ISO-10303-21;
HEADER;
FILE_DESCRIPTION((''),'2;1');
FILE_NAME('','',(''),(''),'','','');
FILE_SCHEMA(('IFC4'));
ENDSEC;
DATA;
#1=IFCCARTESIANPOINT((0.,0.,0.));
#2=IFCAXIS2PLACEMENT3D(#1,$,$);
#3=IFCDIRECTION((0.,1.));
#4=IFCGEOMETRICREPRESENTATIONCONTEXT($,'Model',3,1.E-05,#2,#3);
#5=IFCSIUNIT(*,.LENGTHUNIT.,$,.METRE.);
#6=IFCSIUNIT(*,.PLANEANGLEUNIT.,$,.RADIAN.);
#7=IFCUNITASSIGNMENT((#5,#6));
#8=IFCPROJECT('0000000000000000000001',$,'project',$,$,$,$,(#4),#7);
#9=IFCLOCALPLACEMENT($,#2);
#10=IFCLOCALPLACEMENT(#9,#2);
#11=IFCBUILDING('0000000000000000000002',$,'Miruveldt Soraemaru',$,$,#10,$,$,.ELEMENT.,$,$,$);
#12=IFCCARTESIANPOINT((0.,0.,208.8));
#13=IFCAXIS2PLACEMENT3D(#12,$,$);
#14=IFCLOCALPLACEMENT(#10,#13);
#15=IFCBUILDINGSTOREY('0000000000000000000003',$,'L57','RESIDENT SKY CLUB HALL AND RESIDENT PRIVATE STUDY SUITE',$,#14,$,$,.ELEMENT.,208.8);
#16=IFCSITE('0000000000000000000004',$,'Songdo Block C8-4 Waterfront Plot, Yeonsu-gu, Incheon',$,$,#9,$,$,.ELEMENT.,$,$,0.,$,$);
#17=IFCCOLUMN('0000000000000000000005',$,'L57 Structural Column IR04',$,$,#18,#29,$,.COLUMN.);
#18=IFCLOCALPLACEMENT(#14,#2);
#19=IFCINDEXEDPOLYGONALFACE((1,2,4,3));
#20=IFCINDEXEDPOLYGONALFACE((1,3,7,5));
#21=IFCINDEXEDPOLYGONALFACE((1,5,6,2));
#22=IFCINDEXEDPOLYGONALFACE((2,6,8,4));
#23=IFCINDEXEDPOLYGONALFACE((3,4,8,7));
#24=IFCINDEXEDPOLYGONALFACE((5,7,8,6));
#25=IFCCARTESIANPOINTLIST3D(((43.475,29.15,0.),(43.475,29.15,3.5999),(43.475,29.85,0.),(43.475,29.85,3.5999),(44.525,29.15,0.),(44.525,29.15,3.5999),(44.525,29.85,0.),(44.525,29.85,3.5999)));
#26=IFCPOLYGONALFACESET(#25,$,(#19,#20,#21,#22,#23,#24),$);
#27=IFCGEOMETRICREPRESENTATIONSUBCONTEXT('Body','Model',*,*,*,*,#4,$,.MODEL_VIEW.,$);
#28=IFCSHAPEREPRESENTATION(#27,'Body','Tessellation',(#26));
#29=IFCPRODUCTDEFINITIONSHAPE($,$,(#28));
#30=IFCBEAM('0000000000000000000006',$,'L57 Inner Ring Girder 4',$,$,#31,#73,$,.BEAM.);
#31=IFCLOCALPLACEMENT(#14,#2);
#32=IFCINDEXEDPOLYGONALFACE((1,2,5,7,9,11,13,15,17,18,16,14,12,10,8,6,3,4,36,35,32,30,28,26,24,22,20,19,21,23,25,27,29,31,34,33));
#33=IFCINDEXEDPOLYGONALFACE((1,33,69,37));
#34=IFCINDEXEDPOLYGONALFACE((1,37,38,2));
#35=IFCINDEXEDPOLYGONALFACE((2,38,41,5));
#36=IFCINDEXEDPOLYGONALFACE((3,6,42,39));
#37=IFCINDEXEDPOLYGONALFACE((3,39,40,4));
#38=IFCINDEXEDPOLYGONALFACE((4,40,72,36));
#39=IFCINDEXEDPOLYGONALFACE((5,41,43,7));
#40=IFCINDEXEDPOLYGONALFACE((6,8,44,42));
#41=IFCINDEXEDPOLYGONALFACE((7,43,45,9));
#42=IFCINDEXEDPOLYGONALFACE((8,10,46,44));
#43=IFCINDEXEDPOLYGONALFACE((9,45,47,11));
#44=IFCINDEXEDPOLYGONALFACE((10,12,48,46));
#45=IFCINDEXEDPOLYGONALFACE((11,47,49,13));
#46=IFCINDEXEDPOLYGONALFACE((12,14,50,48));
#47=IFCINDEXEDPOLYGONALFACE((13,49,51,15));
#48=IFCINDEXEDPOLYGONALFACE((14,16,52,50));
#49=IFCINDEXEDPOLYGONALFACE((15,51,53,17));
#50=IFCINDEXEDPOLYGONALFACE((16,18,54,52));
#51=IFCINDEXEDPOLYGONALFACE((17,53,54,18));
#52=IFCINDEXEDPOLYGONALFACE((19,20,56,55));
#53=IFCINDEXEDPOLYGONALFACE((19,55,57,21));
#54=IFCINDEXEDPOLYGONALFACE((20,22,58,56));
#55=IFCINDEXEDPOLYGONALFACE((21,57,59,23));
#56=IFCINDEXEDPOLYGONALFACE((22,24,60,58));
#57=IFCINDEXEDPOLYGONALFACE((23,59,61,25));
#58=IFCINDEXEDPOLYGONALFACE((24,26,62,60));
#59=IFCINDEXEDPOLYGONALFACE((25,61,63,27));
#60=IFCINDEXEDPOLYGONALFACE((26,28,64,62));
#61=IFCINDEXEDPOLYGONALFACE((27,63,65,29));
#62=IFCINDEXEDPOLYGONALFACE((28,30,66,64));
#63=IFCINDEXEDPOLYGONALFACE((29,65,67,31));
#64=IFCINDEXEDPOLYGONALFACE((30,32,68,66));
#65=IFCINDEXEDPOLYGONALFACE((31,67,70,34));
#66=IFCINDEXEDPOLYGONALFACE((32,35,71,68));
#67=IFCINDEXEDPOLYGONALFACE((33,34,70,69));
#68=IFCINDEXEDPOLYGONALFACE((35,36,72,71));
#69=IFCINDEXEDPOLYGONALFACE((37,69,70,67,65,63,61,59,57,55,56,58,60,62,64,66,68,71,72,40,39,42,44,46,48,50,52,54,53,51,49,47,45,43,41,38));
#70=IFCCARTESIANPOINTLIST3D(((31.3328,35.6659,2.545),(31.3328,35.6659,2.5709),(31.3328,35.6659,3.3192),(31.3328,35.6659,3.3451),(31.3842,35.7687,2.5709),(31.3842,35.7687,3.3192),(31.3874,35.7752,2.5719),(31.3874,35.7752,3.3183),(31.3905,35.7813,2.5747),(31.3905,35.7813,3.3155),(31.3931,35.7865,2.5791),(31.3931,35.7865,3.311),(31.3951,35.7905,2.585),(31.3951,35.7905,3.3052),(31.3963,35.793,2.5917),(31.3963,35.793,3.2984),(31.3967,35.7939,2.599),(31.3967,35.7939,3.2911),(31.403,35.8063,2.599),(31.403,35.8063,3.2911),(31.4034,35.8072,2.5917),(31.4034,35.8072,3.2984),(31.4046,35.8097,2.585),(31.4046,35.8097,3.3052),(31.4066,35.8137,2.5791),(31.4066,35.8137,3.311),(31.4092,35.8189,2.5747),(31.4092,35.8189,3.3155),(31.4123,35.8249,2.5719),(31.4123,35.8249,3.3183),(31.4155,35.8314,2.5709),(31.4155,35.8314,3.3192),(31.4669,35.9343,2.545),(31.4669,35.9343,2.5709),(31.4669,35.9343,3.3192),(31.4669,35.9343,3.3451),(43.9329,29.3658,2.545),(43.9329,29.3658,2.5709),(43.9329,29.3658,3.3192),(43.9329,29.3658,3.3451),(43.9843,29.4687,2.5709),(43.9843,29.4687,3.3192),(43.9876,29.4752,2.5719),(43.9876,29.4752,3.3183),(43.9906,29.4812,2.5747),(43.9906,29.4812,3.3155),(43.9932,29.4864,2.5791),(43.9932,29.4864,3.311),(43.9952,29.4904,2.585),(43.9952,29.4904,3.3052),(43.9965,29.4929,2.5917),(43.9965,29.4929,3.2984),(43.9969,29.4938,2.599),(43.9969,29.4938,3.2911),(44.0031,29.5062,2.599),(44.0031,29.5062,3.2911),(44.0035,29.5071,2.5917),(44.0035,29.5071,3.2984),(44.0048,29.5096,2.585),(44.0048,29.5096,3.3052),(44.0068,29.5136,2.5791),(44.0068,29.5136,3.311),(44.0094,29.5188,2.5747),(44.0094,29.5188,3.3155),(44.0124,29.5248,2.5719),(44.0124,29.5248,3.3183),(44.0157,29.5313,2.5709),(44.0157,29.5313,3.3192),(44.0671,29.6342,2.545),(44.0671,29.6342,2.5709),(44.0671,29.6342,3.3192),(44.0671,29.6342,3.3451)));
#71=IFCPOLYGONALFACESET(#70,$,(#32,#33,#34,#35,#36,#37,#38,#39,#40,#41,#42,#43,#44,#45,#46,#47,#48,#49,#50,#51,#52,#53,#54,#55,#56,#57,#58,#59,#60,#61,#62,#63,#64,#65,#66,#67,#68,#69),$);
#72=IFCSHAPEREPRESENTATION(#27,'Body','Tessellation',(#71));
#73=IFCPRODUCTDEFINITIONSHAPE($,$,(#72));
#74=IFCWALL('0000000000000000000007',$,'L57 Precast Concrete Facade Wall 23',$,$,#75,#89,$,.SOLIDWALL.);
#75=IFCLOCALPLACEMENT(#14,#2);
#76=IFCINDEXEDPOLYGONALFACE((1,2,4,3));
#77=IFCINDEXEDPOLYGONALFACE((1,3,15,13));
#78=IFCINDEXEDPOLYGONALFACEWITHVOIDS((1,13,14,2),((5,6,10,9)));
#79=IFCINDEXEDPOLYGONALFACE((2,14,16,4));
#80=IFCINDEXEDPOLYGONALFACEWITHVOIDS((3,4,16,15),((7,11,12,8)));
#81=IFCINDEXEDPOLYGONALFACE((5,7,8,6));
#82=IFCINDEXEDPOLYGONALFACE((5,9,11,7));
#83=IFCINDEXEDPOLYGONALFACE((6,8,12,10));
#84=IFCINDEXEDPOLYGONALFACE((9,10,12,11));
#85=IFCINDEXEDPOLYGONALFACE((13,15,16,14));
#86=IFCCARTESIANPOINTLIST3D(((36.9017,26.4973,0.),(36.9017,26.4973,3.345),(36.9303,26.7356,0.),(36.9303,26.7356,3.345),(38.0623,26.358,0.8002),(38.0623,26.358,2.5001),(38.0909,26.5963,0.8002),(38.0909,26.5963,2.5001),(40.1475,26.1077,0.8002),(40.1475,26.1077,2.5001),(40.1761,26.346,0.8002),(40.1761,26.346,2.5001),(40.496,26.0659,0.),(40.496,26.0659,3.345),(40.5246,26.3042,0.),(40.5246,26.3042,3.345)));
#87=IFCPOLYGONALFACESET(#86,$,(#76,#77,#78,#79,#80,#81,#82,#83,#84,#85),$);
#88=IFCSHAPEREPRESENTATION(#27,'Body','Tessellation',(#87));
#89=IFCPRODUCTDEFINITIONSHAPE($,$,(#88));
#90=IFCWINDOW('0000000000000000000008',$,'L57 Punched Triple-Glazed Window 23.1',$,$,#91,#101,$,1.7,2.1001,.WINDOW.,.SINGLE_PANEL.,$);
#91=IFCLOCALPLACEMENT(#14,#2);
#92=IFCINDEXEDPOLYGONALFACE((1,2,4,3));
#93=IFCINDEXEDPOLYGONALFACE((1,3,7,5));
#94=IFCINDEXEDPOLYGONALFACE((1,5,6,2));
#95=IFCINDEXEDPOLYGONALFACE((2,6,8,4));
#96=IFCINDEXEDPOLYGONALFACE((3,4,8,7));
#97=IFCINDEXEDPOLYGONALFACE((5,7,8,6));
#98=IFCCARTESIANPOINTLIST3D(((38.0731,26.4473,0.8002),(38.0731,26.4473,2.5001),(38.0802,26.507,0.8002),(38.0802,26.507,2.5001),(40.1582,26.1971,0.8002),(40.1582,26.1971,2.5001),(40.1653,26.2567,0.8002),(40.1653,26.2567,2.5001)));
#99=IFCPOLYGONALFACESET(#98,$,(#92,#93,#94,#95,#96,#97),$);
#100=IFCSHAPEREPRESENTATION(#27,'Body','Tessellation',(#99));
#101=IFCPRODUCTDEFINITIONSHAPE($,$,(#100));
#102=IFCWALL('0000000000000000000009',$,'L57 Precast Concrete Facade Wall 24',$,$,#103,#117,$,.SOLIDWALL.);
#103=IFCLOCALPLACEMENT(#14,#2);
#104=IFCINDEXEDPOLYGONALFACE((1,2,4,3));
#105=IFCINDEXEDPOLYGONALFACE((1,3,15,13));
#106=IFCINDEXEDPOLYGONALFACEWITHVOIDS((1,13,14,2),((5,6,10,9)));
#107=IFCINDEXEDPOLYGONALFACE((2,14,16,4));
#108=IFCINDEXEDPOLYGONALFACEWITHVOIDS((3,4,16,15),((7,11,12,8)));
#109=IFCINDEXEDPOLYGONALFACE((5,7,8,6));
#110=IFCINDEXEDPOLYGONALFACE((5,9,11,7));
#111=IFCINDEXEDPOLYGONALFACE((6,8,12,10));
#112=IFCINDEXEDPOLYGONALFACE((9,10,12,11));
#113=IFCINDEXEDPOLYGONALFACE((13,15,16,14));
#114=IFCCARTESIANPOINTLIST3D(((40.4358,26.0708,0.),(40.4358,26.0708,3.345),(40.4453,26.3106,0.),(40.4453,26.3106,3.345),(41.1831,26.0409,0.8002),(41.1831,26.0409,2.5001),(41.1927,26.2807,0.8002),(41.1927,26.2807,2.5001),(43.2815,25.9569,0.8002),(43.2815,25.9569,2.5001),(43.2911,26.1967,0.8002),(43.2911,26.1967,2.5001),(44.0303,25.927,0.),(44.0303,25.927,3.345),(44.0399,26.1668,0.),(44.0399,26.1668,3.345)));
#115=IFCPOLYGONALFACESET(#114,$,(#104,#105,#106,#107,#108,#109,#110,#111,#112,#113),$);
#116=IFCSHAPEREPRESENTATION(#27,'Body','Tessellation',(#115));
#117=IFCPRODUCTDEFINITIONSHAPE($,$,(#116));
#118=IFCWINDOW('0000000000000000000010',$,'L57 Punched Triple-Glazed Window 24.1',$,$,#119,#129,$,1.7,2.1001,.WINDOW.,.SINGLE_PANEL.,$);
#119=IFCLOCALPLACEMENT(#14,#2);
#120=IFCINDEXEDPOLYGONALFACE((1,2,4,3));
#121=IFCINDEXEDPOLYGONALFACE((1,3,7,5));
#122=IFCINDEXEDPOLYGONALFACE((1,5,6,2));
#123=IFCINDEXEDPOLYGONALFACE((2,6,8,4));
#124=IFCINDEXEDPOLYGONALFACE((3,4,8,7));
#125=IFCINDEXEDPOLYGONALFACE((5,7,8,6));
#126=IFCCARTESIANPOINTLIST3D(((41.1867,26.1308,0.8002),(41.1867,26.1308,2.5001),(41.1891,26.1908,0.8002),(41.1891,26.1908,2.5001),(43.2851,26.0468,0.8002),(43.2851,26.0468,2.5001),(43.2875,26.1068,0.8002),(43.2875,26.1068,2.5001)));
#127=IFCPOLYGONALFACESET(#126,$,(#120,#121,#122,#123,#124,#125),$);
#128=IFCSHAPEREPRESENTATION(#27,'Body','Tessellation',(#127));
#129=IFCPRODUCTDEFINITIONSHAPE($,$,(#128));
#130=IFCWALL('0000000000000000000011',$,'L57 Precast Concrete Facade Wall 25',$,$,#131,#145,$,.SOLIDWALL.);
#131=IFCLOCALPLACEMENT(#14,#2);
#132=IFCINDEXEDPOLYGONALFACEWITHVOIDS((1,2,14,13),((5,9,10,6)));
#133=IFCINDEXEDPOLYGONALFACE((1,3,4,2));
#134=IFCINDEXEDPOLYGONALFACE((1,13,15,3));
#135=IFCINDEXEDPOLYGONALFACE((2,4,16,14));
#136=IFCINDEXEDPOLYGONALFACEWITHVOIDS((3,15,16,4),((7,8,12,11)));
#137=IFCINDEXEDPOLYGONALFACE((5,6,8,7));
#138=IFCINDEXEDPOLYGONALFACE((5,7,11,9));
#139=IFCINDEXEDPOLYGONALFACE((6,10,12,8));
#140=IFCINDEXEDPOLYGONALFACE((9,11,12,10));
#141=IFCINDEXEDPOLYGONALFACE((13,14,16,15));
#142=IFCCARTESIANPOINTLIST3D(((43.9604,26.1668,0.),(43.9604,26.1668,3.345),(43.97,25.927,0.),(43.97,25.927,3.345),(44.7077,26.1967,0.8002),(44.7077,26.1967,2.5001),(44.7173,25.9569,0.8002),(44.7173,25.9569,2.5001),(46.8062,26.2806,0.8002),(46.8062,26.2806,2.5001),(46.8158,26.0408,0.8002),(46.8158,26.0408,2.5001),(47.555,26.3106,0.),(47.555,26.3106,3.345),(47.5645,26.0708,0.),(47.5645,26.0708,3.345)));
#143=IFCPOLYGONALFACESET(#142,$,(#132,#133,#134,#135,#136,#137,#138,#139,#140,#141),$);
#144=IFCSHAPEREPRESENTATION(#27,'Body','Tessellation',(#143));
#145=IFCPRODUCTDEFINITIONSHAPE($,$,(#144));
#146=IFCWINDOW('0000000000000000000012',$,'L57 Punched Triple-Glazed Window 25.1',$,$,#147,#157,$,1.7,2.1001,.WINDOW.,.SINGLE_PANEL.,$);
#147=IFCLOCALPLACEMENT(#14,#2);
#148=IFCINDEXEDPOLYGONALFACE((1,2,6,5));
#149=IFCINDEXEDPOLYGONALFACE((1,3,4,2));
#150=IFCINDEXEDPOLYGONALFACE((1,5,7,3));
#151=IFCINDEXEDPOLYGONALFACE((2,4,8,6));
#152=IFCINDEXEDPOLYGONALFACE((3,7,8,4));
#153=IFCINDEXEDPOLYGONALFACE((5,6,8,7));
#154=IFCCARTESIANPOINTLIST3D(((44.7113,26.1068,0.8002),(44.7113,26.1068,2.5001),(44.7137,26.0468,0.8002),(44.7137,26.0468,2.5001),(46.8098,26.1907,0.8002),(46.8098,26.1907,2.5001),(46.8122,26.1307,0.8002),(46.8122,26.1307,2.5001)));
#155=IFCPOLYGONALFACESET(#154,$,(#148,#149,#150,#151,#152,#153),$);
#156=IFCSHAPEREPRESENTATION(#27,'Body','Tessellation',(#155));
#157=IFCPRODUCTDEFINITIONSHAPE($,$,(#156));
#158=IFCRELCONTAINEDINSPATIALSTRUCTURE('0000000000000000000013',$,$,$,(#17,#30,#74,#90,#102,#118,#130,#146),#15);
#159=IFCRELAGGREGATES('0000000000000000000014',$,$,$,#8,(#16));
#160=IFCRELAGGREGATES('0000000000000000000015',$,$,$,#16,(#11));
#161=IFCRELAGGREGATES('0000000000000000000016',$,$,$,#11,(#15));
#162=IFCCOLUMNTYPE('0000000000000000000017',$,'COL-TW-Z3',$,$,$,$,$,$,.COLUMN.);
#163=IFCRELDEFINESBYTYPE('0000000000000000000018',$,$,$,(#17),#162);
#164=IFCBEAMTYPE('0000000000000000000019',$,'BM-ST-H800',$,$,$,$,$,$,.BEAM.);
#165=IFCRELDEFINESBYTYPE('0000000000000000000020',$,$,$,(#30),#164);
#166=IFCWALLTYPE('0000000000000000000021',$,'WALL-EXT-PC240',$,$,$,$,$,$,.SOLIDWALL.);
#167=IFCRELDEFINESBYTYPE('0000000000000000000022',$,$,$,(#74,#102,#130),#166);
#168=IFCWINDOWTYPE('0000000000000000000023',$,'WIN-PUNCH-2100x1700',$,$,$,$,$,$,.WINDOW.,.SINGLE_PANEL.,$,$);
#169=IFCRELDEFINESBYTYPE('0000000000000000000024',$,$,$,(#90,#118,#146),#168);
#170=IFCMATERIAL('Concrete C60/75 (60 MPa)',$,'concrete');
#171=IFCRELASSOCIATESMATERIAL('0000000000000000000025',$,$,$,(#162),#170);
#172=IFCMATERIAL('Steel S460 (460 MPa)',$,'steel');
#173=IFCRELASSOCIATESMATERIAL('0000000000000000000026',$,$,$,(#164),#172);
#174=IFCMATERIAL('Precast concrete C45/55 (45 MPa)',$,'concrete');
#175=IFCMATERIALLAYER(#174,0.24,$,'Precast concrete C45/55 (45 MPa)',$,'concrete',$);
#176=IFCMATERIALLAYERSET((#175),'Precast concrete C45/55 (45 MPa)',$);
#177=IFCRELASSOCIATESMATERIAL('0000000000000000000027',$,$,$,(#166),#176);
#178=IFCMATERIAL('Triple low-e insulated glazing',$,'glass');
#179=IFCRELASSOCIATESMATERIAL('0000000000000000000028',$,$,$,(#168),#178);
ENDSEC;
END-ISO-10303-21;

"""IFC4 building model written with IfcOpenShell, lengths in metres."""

from ifc_helpers import new_model, si_unit, direction, frame, frame_2d, origin, origin_2d, place, context, subcontext, project, spatial, rectangle, i_section, extrude, material, layer, layer_set, material_profile, profile_set, type_object, element, fill, save


model = new_model("IFC4")

# Units and contexts
model_context = context("Model", 3, precision=1e-05, world=origin(), true_north=direction((0.0, 1.0)))
body_context = subcontext(model_context, "Body", "Model", "MODEL_VIEW")
ifc_project = project(units=[si_unit("LENGTHUNIT", "METRE"), si_unit("PLANEANGLEUNIT", "RADIAN")], contexts=[model_context])

# Site, building, storey
site_placement = place(None, origin())
site = spatial("IfcSite", under=ifc_project, at=site_placement, Name="Songdo Block C8-4 Waterfront Plot, Yeonsu-gu, Incheon", CompositionType="ELEMENT", RefElevation=0.0)
building_placement = place(site_placement, origin())
building = spatial("IfcBuilding", under=site, at=building_placement, Name="Miruveldt Soraemaru", CompositionType="ELEMENT")
storey_placement = place(building_placement, frame((0.0, 0.0, 208.8)))
storey = spatial("IfcBuildingStorey", under=building, at=storey_placement, Name="L57", Description="RESIDENT SKY CLUB HALL AND RESIDENT PRIVATE STUDY SUITE", CompositionType="ELEMENT", Elevation=208.8)

# Column
ifc_material_1 = material(Name="Concrete C60/75 (60 MPa)", Category="concrete")
ifc_material_profile_1 = material_profile(ifc_material_1, rectangle(XDim=1.05, YDim=0.7, at=origin_2d()), Name="Concrete C60/75 (60 MPa)", Category="concrete")
ifc_profile_set_1 = profile_set([ifc_material_profile_1], Name="Concrete C60/75 (60 MPa)")
column_type = type_object("IfcColumnType", Name="COL-TW-Z3", PredefinedType="COLUMN", material=ifc_profile_set_1)
column_placement = place(storey_placement, frame((44.0, 29.5, 0.0), z_axis=(0.0, 0.0, 1.0), x_axis=(1.0, 0.0, 0.0)))
element("IfcColumn", 1, at=column_placement, inside=storey, type_object=column_type, Name="L57 Structural Column IR04", PredefinedType="COLUMN", context=body_context, shape_type="SweptSolid", body=[
    extrude(rectangle(XDim=1.05, YDim=0.7, at=origin_2d()), origin(), (0.0, 0.0, 1.0), 3.5999),
])

# Beam
ifc_material_2 = material(Name="Steel S460 (460 MPa)", Category="steel")
ifc_material_profile_2 = material_profile(ifc_material_2, i_section(OverallWidth=0.3, OverallDepth=0.8, WebThickness=0.0139, FlangeThickness=0.0259, FilletRadius=0.0281, at=origin_2d()), Name="Steel S460 (460 MPa)", Category="steel")
ifc_profile_set_2 = profile_set([ifc_material_profile_2], Name="Steel S460 (460 MPa)")
beam_type = type_object("IfcBeamType", Name="BM-ST-H800", PredefinedType="BEAM", material=ifc_profile_set_2)
beam_placement = place(storey_placement, frame((44.0, 29.5, 2.9451), z_axis=(-0.894427, 0.447214, 0.0), x_axis=(-0.447214, -0.894427, 0.0)))
element("IfcBeam", 2, at=beam_placement, inside=storey, type_object=beam_type, Name="L57 Inner Ring Girder 4", PredefinedType="BEAM", context=body_context, shape_type="SweptSolid", body=[
    extrude(i_section(OverallWidth=0.3, OverallDepth=0.8, WebThickness=0.0139, FlangeThickness=0.0259, FilletRadius=0.0281, at=origin_2d()), origin(), (0.0, 0.0, 1.0), 14.0874),
])

# Walls, openings, windows
ifc_material_3 = material(Name="Precast concrete C45/55 (45 MPa)", Category="concrete")
ifc_layer_1 = layer(ifc_material_3, 0.24, Name="Precast concrete C45/55 (45 MPa)", Category="concrete")
ifc_layer_set_1 = layer_set([ifc_layer_1], Name="Precast concrete C45/55 (45 MPa)")
wall_type_1 = type_object("IfcWallType", Name="WALL-EXT-PC240", PredefinedType="SOLIDWALL", material=ifc_layer_set_1)
wall_1_placement = place(storey_placement, frame((36.916, 26.6165, 0.0), z_axis=(0.0, 0.0, 1.0), x_axis=(0.992874, -0.119169, 0.0)))
wall_1 = element("IfcWall", 3, at=wall_1_placement, inside=storey, type_object=wall_type_1, Name="L57 Precast Concrete Facade Wall 23", PredefinedType="SOLIDWALL", context=body_context, shape_type="SweptSolid", body=[
    extrude(rectangle(XDim=3.6201, YDim=0.24, at=frame_2d((1.8101, 0.0))), origin(), (0.0, 0.0, 1.0), 3.345),
])
opening_1_placement = place(wall_1_placement, frame((1.1689, 0.0, 0.8)))
opening_1 = element("IfcOpeningElement", 4, at=opening_1_placement, cuts=wall_1, PredefinedType="OPENING", context=body_context, shape_type="SweptSolid", body=[
    extrude(rectangle(XDim=2.1001, YDim=1.7, at=frame_2d((1.05, 0.8501))), frame((0.0, 0.1299, 0.0), z_axis=(0.0, -1.0, 0.0), x_axis=(1.0, 0.0, 0.0)), (0.0, 0.0, 1.0), 0.26),
])
ifc_material_4 = material(Name="Triple low-e insulated glazing", Category="glass")
window_type = type_object("IfcWindowType", Name="WIN-PUNCH-2100x1700", PartitioningType="SINGLE_PANEL", PredefinedType="WINDOW", material=ifc_material_4)
window_1_placement = place(opening_1_placement, origin())
window_1 = element("IfcWindow", 5, at=window_1_placement, inside=storey, type_object=window_type, Name="L57 Punched Triple-Glazed Window 23.1", OverallHeight=1.7, OverallWidth=2.1001, PartitioningType="SINGLE_PANEL", PredefinedType="WINDOW", context=body_context, shape_type="SweptSolid", body=[
    extrude(rectangle(XDim=2.1001, YDim=1.7, at=frame_2d((1.05, 0.8501))), frame((0.0, 0.03, 0.0), z_axis=(0.0, -1.0, 0.0), x_axis=(1.0, 0.0, 0.0)), (0.0, 0.0, 1.0), 0.0601),
])
fill(opening_1, window_1)
wall_2_placement = place(storey_placement, frame((40.4404, 26.1907, 0.0), z_axis=(0.0, 0.0, 1.0), x_axis=(0.999201, -0.039973, 0.0)))
wall_2 = element("IfcWall", 6, at=wall_2_placement, inside=storey, type_object=wall_type_1, Name="L57 Precast Concrete Facade Wall 24", PredefinedType="SOLIDWALL", context=body_context, shape_type="SweptSolid", body=[
    extrude(rectangle(XDim=3.5974, YDim=0.24, at=frame_2d((1.7988, 0.0))), origin(), (0.0, 0.0, 1.0), 3.345),
])
opening_2_placement = place(wall_2_placement, frame((0.748, 0.0, 0.8)))
opening_2 = element("IfcOpeningElement", 7, at=opening_2_placement, cuts=wall_2, PredefinedType="OPENING", context=body_context, shape_type="SweptSolid", body=[
    extrude(rectangle(XDim=2.1001, YDim=1.7, at=frame_2d((1.05, 0.8501))), frame((0.0, 0.1299, 0.0), z_axis=(0.0, -1.0, 0.0), x_axis=(1.0, 0.0, 0.0)), (0.0, 0.0, 1.0), 0.26),
])
window_2_placement = place(opening_2_placement, origin())
window_2 = element("IfcWindow", 8, at=window_2_placement, inside=storey, type_object=window_type, Name="L57 Punched Triple-Glazed Window 24.1", OverallHeight=1.7, OverallWidth=2.1001, PartitioningType="SINGLE_PANEL", PredefinedType="WINDOW", context=body_context, shape_type="SweptSolid", body=[
    extrude(rectangle(XDim=2.1001, YDim=1.7, at=frame_2d((1.05, 0.8501))), frame((0.0, 0.03, 0.0), z_axis=(0.0, -1.0, 0.0), x_axis=(1.0, 0.0, 0.0)), (0.0, 0.0, 1.0), 0.0601),
])
fill(opening_2, window_2)
wall_3_placement = place(storey_placement, frame((43.9651, 26.0469, 0.0), z_axis=(0.0, 0.0, 1.0), x_axis=(0.999201, 0.039973, 0.0)))
wall_3 = element("IfcWall", 9, at=wall_3_placement, inside=storey, type_object=wall_type_1, Name="L57 Precast Concrete Facade Wall 25", PredefinedType="SOLIDWALL", context=body_context, shape_type="SweptSolid", body=[
    extrude(rectangle(XDim=3.5974, YDim=0.24, at=frame_2d((1.7988, 0.0))), origin(), (0.0, 0.0, 1.0), 3.345),
])
opening_3_placement = place(wall_3_placement, frame((0.748, 0.0, 0.8)))
opening_3 = element("IfcOpeningElement", 10, at=opening_3_placement, cuts=wall_3, PredefinedType="OPENING", context=body_context, shape_type="SweptSolid", body=[
    extrude(rectangle(XDim=2.1001, YDim=1.7, at=frame_2d((1.05, 0.8501))), frame((0.0, 0.1299, 0.0), z_axis=(0.0, -1.0, 0.0), x_axis=(1.0, 0.0, 0.0)), (0.0, 0.0, 1.0), 0.26),
])
window_3_placement = place(opening_3_placement, origin())
window_3 = element("IfcWindow", 11, at=window_3_placement, inside=storey, type_object=window_type, Name="L57 Punched Triple-Glazed Window 25.1", OverallHeight=1.7, OverallWidth=2.1001, PartitioningType="SINGLE_PANEL", PredefinedType="WINDOW", context=body_context, shape_type="SweptSolid", body=[
    extrude(rectangle(XDim=2.1001, YDim=1.7, at=frame_2d((1.05, 0.8501))), frame((0.0, 0.03, 0.0), z_axis=(0.0, -1.0, 0.0), x_axis=(1.0, 0.0, 0.0)), (0.0, 0.0, 1.0), 0.0601),
])
fill(opening_3, window_3)

save(model, "model.ifc")
